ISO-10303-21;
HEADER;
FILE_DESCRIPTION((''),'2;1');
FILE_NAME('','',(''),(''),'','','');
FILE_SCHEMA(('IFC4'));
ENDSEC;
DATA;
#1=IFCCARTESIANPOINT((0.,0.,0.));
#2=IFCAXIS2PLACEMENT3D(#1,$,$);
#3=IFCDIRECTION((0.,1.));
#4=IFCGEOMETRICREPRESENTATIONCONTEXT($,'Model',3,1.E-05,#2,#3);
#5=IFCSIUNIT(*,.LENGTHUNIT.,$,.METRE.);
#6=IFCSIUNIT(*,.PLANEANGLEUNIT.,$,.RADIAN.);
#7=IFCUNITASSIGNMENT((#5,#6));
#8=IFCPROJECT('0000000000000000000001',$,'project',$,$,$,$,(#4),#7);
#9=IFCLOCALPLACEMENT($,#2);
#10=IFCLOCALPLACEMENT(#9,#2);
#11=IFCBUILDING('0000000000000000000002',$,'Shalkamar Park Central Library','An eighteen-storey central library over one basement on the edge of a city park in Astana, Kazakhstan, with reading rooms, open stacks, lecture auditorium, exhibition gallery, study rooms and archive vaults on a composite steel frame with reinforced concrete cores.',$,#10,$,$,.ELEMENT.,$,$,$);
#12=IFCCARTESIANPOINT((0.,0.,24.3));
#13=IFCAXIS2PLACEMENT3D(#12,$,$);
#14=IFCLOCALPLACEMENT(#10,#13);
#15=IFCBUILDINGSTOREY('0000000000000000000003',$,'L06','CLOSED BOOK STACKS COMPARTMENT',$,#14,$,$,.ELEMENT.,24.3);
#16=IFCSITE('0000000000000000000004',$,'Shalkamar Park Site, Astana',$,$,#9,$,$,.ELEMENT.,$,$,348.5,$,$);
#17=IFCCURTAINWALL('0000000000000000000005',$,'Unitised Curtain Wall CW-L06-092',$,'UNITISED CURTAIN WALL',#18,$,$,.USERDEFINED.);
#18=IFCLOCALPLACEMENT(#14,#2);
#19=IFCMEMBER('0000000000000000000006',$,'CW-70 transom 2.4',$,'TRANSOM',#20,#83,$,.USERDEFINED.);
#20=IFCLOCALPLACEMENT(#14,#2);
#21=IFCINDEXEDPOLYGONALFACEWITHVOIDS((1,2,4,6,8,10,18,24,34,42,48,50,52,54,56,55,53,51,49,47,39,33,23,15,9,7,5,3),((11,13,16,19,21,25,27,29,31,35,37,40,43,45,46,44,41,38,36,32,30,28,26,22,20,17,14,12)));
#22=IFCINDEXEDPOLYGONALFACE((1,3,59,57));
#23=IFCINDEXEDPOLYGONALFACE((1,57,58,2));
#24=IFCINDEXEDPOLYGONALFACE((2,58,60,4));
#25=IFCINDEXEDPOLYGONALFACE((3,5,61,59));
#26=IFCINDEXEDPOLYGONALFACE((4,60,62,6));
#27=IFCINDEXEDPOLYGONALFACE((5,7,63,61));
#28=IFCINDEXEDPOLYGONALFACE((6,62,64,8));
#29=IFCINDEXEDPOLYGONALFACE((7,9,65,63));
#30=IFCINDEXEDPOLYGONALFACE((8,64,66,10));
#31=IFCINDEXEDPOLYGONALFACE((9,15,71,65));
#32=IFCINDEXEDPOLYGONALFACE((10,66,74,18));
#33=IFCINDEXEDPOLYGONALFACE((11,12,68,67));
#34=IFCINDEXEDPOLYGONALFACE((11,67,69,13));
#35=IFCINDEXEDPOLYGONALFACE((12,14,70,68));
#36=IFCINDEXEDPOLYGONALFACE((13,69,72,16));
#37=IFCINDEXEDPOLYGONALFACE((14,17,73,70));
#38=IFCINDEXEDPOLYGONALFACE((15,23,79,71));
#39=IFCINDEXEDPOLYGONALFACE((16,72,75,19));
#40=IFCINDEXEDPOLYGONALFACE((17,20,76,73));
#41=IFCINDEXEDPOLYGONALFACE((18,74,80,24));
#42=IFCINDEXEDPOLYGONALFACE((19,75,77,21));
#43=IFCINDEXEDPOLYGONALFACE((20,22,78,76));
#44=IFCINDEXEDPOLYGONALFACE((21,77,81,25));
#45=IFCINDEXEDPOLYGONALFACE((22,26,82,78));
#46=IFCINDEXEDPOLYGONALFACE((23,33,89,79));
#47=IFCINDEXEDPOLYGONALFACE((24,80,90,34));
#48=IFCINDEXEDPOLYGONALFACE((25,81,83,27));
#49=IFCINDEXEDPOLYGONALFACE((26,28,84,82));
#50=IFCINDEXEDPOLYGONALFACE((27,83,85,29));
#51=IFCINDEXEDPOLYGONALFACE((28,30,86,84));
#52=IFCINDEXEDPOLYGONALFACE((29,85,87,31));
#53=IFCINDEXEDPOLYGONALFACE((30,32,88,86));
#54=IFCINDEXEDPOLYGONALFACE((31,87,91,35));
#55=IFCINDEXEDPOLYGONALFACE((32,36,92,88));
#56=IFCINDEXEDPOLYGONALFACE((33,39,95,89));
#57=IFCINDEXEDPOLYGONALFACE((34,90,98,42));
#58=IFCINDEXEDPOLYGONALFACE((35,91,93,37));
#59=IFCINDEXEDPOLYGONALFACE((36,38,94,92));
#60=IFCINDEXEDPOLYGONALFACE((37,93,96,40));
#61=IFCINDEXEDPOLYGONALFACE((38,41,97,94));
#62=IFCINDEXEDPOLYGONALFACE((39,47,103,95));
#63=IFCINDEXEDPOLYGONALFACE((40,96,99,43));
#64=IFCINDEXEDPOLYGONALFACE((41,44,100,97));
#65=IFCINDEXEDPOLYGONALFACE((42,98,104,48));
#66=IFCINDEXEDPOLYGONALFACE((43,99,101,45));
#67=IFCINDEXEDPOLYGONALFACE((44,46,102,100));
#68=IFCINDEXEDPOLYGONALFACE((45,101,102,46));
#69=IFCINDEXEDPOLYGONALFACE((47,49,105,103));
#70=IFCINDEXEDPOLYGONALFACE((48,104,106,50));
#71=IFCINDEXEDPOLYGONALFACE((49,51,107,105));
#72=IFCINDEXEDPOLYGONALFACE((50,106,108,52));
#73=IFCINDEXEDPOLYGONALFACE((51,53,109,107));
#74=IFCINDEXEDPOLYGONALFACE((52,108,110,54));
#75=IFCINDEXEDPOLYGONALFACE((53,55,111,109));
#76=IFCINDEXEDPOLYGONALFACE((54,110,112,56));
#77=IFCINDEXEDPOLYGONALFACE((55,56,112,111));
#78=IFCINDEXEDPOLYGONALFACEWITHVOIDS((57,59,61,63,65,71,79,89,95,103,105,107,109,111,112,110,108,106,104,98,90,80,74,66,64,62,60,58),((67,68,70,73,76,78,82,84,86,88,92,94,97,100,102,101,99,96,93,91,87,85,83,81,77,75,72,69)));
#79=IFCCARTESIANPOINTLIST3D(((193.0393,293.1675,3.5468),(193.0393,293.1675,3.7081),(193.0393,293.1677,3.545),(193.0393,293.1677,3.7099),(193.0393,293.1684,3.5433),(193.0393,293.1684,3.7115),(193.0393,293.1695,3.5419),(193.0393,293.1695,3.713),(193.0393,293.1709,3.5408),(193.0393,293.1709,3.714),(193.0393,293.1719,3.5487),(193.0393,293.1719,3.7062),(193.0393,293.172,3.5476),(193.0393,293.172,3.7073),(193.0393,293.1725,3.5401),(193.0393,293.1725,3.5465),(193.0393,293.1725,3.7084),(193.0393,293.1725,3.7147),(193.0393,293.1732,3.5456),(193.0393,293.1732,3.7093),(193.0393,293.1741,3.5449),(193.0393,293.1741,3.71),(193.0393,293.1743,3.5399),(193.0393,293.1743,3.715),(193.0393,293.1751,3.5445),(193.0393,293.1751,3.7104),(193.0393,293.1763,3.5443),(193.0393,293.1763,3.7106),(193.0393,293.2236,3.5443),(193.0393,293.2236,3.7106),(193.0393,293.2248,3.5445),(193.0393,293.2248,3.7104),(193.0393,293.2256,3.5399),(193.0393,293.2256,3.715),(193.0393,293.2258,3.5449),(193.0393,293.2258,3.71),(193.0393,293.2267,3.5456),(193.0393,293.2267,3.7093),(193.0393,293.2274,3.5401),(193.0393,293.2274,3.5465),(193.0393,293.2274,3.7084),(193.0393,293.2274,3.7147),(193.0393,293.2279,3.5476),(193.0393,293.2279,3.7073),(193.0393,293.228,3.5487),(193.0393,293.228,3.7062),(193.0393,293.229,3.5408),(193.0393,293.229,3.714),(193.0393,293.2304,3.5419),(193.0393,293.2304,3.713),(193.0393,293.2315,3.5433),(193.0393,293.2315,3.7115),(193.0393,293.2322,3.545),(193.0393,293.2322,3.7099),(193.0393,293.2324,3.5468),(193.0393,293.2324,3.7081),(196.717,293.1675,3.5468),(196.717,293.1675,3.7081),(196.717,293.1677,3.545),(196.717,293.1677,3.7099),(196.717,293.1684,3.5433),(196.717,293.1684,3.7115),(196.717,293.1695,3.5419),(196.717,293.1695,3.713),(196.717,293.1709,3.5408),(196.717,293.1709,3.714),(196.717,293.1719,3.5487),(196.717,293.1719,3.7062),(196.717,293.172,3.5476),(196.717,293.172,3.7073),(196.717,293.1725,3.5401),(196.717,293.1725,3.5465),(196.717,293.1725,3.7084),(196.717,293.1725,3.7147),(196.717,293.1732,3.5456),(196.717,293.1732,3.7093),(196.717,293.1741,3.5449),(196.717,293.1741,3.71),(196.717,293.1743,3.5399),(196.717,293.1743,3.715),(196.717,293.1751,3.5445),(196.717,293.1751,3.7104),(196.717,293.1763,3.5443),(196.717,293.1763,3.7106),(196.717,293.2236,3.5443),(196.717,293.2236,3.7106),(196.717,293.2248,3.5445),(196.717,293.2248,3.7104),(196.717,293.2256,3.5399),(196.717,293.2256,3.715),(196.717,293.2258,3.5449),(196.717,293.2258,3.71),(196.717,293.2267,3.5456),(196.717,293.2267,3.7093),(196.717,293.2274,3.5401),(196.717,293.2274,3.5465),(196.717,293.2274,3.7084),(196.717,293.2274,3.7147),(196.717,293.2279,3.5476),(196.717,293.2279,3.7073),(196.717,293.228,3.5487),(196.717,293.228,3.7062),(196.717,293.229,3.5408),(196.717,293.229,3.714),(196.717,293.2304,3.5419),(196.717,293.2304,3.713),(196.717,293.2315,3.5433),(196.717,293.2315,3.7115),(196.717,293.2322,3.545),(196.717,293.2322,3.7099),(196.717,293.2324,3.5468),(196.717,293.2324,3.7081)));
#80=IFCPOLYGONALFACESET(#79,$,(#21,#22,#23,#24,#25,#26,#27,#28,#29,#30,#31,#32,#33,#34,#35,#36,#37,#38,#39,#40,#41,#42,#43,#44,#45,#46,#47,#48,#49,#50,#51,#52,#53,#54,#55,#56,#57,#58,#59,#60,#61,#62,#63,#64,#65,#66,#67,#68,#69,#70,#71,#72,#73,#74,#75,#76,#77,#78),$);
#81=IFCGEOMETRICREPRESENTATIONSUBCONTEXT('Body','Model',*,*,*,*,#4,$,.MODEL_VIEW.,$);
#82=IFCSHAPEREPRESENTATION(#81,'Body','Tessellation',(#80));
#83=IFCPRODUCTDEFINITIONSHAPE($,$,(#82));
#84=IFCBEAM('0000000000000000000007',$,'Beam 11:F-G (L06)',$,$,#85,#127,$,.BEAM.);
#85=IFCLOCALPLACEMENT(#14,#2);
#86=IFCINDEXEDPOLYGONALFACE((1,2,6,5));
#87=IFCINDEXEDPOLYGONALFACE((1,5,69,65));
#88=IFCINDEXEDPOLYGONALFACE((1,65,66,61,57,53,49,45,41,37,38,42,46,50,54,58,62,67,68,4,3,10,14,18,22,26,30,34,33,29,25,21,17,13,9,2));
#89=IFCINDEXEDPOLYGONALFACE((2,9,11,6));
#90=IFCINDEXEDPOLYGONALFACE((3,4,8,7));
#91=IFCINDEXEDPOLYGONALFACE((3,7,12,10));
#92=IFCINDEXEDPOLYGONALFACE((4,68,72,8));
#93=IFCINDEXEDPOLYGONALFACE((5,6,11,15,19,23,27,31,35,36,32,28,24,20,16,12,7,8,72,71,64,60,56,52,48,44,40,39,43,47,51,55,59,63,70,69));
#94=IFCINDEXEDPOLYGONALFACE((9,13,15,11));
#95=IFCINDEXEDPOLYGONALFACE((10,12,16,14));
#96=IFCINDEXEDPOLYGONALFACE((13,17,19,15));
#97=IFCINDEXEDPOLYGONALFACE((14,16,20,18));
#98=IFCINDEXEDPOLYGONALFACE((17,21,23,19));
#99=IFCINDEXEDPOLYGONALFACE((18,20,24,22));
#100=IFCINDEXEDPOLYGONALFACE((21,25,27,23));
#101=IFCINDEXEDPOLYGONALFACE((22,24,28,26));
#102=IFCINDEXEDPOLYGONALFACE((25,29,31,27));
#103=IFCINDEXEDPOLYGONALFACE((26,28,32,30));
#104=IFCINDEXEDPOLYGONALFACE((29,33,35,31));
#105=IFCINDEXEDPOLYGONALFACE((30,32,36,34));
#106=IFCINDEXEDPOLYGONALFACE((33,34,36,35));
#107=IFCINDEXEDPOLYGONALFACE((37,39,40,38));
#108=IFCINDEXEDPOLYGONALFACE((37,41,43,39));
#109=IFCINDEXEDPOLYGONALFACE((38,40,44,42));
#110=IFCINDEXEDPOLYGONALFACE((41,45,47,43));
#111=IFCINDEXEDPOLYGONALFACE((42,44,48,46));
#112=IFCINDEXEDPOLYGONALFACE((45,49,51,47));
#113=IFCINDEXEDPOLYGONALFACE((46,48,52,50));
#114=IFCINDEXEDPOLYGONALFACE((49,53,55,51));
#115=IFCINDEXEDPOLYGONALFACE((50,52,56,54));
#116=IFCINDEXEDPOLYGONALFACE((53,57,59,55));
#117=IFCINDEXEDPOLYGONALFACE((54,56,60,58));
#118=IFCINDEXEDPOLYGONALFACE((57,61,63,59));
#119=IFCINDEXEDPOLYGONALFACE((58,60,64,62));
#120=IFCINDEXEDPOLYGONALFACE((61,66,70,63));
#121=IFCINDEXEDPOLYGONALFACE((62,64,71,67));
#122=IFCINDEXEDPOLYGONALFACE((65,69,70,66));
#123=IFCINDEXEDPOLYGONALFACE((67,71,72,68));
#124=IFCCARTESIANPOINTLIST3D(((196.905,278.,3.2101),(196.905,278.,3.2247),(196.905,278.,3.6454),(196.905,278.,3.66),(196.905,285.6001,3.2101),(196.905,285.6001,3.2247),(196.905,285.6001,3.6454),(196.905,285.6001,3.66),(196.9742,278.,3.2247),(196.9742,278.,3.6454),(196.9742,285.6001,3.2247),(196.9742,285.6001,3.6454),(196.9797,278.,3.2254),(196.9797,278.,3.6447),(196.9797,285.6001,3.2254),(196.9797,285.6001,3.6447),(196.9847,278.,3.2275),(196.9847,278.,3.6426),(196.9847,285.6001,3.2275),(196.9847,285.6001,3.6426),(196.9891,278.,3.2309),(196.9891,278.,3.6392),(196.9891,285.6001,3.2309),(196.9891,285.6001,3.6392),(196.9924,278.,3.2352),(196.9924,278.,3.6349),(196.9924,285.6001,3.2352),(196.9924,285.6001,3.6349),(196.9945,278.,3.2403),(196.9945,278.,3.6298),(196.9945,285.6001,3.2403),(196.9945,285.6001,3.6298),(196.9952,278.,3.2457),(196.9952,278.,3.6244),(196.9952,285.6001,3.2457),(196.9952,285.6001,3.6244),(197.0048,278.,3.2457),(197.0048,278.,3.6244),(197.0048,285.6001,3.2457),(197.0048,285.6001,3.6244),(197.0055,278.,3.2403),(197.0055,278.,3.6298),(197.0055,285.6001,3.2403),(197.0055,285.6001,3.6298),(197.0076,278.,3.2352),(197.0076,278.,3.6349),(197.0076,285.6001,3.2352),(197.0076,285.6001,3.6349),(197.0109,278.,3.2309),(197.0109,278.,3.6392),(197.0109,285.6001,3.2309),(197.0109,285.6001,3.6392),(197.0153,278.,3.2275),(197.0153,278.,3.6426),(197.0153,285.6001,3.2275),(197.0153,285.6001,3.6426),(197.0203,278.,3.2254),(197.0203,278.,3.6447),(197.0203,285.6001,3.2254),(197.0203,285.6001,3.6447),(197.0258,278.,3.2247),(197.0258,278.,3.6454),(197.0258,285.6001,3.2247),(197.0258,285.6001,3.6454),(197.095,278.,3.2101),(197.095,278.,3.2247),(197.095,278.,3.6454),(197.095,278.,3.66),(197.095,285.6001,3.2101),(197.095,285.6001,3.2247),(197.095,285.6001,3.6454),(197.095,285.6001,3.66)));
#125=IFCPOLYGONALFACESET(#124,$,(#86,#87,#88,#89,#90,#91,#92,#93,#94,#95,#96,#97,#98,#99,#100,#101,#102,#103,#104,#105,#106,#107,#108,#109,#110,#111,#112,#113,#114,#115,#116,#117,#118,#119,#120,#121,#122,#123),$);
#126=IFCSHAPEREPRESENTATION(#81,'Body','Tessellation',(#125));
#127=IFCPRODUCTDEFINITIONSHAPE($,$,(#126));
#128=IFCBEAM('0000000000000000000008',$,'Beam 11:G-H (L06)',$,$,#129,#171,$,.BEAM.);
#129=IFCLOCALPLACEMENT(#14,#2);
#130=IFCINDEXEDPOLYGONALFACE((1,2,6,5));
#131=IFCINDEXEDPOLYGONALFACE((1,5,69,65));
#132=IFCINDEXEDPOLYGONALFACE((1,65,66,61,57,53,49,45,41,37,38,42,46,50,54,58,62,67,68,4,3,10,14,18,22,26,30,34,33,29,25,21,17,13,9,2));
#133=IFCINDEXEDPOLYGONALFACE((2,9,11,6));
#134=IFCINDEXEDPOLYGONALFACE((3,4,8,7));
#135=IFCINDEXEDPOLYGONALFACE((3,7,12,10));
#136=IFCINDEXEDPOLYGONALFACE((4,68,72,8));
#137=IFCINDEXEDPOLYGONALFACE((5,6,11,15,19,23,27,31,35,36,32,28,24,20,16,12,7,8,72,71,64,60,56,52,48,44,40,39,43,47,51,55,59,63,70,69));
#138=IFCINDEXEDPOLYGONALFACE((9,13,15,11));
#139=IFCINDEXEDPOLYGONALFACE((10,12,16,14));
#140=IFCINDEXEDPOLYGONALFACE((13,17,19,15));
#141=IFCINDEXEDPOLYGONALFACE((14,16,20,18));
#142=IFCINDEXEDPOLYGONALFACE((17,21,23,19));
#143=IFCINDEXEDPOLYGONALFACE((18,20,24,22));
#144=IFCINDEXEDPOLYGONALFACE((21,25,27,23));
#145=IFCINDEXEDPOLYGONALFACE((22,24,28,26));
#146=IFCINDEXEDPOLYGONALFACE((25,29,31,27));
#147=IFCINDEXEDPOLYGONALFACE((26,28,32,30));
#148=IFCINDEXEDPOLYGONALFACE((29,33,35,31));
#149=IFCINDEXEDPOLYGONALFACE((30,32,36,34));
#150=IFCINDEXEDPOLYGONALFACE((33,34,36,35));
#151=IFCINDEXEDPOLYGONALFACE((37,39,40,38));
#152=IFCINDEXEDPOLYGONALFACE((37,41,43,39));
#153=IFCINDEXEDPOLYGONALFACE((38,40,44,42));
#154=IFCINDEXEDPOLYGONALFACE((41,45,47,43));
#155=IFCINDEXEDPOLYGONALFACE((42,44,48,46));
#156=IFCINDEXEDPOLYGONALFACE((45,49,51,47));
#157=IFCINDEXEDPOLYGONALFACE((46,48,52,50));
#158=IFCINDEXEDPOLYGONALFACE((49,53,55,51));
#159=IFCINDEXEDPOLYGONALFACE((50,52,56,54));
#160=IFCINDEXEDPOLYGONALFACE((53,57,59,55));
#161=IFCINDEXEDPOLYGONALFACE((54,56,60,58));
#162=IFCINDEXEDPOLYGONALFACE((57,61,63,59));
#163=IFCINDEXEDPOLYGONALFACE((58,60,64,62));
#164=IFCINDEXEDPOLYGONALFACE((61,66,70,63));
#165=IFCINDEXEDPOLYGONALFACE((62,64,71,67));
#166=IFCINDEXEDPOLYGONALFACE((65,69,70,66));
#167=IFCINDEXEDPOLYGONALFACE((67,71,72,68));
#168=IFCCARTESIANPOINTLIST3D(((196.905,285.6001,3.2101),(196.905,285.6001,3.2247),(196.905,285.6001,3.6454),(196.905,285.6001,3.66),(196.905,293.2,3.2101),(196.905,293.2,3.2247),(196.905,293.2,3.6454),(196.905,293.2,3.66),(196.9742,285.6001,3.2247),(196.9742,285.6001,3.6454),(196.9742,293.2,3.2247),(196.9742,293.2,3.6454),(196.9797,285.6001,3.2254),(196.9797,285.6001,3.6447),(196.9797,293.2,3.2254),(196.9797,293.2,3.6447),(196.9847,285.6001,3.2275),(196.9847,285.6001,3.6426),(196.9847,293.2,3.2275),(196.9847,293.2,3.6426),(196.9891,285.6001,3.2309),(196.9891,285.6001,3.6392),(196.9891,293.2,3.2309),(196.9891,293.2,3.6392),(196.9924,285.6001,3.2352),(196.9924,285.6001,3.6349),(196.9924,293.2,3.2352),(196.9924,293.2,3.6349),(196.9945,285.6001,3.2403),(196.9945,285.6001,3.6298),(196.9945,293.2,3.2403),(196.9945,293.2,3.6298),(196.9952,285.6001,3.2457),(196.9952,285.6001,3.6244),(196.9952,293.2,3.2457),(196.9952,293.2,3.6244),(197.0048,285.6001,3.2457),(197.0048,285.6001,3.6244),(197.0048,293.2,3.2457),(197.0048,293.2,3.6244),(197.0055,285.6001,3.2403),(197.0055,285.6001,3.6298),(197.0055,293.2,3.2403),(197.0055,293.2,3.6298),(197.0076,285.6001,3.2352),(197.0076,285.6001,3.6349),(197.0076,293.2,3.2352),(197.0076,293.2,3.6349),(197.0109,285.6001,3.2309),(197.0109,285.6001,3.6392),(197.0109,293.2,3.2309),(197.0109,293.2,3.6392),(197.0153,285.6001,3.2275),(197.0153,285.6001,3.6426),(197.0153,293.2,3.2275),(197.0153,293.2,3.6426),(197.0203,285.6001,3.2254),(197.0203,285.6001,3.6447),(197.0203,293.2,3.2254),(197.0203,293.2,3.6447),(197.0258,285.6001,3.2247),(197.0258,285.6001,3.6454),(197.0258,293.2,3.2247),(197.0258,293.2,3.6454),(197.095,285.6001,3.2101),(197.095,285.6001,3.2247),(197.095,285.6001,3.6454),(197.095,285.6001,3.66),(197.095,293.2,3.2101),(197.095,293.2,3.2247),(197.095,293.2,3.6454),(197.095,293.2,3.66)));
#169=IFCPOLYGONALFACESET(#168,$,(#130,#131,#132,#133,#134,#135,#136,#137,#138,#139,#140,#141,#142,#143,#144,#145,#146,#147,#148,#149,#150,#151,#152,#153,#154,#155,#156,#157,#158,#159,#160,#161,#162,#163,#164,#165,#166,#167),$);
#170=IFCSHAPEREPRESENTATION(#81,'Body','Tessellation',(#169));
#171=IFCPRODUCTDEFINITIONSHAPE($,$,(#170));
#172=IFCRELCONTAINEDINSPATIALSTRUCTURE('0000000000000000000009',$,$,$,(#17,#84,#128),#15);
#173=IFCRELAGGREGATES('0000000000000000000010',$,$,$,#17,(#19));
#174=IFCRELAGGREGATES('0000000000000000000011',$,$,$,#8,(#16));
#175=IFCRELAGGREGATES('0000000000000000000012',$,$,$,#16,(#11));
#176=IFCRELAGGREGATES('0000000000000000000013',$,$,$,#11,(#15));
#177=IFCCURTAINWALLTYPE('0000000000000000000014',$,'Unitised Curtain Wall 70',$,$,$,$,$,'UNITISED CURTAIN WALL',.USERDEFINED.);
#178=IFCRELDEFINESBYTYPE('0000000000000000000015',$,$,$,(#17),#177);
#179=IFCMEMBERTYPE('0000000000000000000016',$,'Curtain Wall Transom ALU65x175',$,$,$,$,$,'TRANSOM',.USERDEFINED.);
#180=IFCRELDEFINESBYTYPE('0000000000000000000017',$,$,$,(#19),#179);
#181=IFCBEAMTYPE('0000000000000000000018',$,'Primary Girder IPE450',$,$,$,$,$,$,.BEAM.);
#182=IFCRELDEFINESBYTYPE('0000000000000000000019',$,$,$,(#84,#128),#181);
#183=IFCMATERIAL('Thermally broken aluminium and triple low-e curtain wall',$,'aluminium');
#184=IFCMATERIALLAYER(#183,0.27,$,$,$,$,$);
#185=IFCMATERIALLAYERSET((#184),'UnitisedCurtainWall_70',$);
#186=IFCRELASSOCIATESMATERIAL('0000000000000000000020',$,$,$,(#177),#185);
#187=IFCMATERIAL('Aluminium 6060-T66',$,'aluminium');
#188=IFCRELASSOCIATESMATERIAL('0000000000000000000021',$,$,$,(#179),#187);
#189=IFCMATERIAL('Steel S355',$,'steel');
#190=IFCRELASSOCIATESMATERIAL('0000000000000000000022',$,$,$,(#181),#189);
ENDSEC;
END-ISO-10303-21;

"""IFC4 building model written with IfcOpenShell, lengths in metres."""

from ifc_helpers import new_model, si_unit, direction, frame, origin, origin_2d, place, context, subcontext, project, spatial, hollow_rectangle, i_section, extrude, material, layer, layer_set, material_profile, profile_set, type_object, element, aggregate, save


model = new_model("IFC4")

# Units and contexts
model_context = context("Model", 3, precision=1e-05, world=origin(), true_north=direction((0.0, 1.0)))
body_context = subcontext(model_context, "Body", "Model", "MODEL_VIEW")
ifc_project = project(units=[si_unit("LENGTHUNIT", "METRE"), si_unit("PLANEANGLEUNIT", "RADIAN")], contexts=[model_context])

# Site, building, storey
site_placement = place(None, origin())
site = spatial("IfcSite", under=ifc_project, at=site_placement, Name="Shalkamar Park Site, Astana", CompositionType="ELEMENT", RefElevation=348.5)
building_placement = place(site_placement, origin())
building = spatial("IfcBuilding", under=site, at=building_placement, Name="Shalkamar Park Central Library", Description="An eighteen-storey central library over one basement on the edge of a city park in Astana, Kazakhstan, with reading rooms, open stacks, lecture auditorium, exhibition gallery, study rooms and archive vaults on a composite steel frame with reinforced concrete cores.", CompositionType="ELEMENT")
storey_placement = place(building_placement, frame((0.0, 0.0, 24.3)))
storey = spatial("IfcBuildingStorey", under=building, at=storey_placement, Name="L06", Description="CLOSED BOOK STACKS COMPARTMENT", CompositionType="ELEMENT", Elevation=24.3)

# Shared definitions
ifc_material_1 = material(Name="Steel S355", Category="steel")

# Curtain wall, member
ifc_material_2 = material(Name="Thermally broken aluminium and triple low-e curtain wall", Category="aluminium")
ifc_layer_1 = layer(ifc_material_2, 0.27)
ifc_layer_set_1 = layer_set([ifc_layer_1], Name="UnitisedCurtainWall_70")
curtain_wall_type = type_object("IfcCurtainWallType", Name="Unitised Curtain Wall 70", ElementType="UNITISED CURTAIN WALL", PredefinedType="USERDEFINED", material=ifc_layer_set_1)
curtain_wall_placement = place(storey_placement, origin())
curtain_wall = element("IfcCurtainWall", 1, at=curtain_wall_placement, inside=storey, type_object=curtain_wall_type, Name="Unitised Curtain Wall CW-L06-092", ObjectType="UNITISED CURTAIN WALL", PredefinedType="USERDEFINED")
ifc_material_3 = material(Name="Aluminium 6060-T66", Category="aluminium")
ifc_material_profile_1 = material_profile(ifc_material_3, hollow_rectangle(XDim=0.0649, YDim=0.175, WallThickness=0.0044, InnerFilletRadius=0.0044, OuterFilletRadius=0.0068, at=origin_2d()), Name="ALU 65x175x4.5")
ifc_profile_set_1 = profile_set([ifc_material_profile_1], Name="Aluminium 6060-T66")
member_type_1 = type_object("IfcMemberType", Name="Curtain Wall Transom ALU65x175", ElementType="TRANSOM", PredefinedType="USERDEFINED", material=ifc_profile_set_1)
member_1_placement = place(storey_placement, frame((193.0393, 293.2, 3.6274), z_axis=(1.0, 0.0, 0.0), x_axis=(0.0, 1.0, 0.0)))
member_1 = element("IfcMember", 2, at=member_1_placement, type_object=member_type_1, Name="CW-70 transom 2.4", ObjectType="TRANSOM", PredefinedType="USERDEFINED", context=body_context, shape_type="SweptSolid", body=[
    extrude(hollow_rectangle(XDim=0.0649, YDim=0.175, WallThickness=0.0044, InnerFilletRadius=0.0044, OuterFilletRadius=0.0068, at=origin_2d()), origin(), (0.0, 0.0, 1.0), 3.6777),
])

# Beams
ifc_material_profile_2 = material_profile(ifc_material_1, i_section(OverallWidth=0.1899, OverallDepth=0.45, WebThickness=0.0095, FlangeThickness=0.0146, FilletRadius=0.021, at=origin_2d()), Name="IPE 450")
ifc_profile_set_2 = profile_set([ifc_material_profile_2], Name="Steel S355")
beam_type_1 = type_object("IfcBeamType", Name="Primary Girder IPE450", PredefinedType="BEAM", material=ifc_profile_set_2)
beam_1_placement = place(storey_placement, frame((197.0, 278.0, 3.4351), z_axis=(0.0, 1.0, 0.0), x_axis=(-1.0, 0.0, 0.0)))
element("IfcBeam", 3, at=beam_1_placement, inside=storey, type_object=beam_type_1, Name="Beam 11:F-G (L06)", PredefinedType="BEAM", context=body_context, shape_type="SweptSolid", body=[
    extrude(i_section(OverallWidth=0.1899, OverallDepth=0.45, WebThickness=0.0095, FlangeThickness=0.0146, FilletRadius=0.021, at=origin_2d()), origin(), (0.0, 0.0, 1.0), 7.6001),
])
beam_2_placement = place(storey_placement, frame((197.0, 285.6001, 3.4351), z_axis=(0.0, 1.0, 0.0), x_axis=(-1.0, 0.0, 0.0)))
element("IfcBeam", 4, at=beam_2_placement, inside=storey, type_object=beam_type_1, Name="Beam 11:G-H (L06)", PredefinedType="BEAM", context=body_context, shape_type="SweptSolid", body=[
    extrude(i_section(OverallWidth=0.1899, OverallDepth=0.45, WebThickness=0.0095, FlangeThickness=0.0146, FilletRadius=0.021, at=origin_2d()), origin(), (0.0, 0.0, 1.0), 7.5999),
])

aggregate(curtain_wall, [member_1])

save(model, "model.ifc")
